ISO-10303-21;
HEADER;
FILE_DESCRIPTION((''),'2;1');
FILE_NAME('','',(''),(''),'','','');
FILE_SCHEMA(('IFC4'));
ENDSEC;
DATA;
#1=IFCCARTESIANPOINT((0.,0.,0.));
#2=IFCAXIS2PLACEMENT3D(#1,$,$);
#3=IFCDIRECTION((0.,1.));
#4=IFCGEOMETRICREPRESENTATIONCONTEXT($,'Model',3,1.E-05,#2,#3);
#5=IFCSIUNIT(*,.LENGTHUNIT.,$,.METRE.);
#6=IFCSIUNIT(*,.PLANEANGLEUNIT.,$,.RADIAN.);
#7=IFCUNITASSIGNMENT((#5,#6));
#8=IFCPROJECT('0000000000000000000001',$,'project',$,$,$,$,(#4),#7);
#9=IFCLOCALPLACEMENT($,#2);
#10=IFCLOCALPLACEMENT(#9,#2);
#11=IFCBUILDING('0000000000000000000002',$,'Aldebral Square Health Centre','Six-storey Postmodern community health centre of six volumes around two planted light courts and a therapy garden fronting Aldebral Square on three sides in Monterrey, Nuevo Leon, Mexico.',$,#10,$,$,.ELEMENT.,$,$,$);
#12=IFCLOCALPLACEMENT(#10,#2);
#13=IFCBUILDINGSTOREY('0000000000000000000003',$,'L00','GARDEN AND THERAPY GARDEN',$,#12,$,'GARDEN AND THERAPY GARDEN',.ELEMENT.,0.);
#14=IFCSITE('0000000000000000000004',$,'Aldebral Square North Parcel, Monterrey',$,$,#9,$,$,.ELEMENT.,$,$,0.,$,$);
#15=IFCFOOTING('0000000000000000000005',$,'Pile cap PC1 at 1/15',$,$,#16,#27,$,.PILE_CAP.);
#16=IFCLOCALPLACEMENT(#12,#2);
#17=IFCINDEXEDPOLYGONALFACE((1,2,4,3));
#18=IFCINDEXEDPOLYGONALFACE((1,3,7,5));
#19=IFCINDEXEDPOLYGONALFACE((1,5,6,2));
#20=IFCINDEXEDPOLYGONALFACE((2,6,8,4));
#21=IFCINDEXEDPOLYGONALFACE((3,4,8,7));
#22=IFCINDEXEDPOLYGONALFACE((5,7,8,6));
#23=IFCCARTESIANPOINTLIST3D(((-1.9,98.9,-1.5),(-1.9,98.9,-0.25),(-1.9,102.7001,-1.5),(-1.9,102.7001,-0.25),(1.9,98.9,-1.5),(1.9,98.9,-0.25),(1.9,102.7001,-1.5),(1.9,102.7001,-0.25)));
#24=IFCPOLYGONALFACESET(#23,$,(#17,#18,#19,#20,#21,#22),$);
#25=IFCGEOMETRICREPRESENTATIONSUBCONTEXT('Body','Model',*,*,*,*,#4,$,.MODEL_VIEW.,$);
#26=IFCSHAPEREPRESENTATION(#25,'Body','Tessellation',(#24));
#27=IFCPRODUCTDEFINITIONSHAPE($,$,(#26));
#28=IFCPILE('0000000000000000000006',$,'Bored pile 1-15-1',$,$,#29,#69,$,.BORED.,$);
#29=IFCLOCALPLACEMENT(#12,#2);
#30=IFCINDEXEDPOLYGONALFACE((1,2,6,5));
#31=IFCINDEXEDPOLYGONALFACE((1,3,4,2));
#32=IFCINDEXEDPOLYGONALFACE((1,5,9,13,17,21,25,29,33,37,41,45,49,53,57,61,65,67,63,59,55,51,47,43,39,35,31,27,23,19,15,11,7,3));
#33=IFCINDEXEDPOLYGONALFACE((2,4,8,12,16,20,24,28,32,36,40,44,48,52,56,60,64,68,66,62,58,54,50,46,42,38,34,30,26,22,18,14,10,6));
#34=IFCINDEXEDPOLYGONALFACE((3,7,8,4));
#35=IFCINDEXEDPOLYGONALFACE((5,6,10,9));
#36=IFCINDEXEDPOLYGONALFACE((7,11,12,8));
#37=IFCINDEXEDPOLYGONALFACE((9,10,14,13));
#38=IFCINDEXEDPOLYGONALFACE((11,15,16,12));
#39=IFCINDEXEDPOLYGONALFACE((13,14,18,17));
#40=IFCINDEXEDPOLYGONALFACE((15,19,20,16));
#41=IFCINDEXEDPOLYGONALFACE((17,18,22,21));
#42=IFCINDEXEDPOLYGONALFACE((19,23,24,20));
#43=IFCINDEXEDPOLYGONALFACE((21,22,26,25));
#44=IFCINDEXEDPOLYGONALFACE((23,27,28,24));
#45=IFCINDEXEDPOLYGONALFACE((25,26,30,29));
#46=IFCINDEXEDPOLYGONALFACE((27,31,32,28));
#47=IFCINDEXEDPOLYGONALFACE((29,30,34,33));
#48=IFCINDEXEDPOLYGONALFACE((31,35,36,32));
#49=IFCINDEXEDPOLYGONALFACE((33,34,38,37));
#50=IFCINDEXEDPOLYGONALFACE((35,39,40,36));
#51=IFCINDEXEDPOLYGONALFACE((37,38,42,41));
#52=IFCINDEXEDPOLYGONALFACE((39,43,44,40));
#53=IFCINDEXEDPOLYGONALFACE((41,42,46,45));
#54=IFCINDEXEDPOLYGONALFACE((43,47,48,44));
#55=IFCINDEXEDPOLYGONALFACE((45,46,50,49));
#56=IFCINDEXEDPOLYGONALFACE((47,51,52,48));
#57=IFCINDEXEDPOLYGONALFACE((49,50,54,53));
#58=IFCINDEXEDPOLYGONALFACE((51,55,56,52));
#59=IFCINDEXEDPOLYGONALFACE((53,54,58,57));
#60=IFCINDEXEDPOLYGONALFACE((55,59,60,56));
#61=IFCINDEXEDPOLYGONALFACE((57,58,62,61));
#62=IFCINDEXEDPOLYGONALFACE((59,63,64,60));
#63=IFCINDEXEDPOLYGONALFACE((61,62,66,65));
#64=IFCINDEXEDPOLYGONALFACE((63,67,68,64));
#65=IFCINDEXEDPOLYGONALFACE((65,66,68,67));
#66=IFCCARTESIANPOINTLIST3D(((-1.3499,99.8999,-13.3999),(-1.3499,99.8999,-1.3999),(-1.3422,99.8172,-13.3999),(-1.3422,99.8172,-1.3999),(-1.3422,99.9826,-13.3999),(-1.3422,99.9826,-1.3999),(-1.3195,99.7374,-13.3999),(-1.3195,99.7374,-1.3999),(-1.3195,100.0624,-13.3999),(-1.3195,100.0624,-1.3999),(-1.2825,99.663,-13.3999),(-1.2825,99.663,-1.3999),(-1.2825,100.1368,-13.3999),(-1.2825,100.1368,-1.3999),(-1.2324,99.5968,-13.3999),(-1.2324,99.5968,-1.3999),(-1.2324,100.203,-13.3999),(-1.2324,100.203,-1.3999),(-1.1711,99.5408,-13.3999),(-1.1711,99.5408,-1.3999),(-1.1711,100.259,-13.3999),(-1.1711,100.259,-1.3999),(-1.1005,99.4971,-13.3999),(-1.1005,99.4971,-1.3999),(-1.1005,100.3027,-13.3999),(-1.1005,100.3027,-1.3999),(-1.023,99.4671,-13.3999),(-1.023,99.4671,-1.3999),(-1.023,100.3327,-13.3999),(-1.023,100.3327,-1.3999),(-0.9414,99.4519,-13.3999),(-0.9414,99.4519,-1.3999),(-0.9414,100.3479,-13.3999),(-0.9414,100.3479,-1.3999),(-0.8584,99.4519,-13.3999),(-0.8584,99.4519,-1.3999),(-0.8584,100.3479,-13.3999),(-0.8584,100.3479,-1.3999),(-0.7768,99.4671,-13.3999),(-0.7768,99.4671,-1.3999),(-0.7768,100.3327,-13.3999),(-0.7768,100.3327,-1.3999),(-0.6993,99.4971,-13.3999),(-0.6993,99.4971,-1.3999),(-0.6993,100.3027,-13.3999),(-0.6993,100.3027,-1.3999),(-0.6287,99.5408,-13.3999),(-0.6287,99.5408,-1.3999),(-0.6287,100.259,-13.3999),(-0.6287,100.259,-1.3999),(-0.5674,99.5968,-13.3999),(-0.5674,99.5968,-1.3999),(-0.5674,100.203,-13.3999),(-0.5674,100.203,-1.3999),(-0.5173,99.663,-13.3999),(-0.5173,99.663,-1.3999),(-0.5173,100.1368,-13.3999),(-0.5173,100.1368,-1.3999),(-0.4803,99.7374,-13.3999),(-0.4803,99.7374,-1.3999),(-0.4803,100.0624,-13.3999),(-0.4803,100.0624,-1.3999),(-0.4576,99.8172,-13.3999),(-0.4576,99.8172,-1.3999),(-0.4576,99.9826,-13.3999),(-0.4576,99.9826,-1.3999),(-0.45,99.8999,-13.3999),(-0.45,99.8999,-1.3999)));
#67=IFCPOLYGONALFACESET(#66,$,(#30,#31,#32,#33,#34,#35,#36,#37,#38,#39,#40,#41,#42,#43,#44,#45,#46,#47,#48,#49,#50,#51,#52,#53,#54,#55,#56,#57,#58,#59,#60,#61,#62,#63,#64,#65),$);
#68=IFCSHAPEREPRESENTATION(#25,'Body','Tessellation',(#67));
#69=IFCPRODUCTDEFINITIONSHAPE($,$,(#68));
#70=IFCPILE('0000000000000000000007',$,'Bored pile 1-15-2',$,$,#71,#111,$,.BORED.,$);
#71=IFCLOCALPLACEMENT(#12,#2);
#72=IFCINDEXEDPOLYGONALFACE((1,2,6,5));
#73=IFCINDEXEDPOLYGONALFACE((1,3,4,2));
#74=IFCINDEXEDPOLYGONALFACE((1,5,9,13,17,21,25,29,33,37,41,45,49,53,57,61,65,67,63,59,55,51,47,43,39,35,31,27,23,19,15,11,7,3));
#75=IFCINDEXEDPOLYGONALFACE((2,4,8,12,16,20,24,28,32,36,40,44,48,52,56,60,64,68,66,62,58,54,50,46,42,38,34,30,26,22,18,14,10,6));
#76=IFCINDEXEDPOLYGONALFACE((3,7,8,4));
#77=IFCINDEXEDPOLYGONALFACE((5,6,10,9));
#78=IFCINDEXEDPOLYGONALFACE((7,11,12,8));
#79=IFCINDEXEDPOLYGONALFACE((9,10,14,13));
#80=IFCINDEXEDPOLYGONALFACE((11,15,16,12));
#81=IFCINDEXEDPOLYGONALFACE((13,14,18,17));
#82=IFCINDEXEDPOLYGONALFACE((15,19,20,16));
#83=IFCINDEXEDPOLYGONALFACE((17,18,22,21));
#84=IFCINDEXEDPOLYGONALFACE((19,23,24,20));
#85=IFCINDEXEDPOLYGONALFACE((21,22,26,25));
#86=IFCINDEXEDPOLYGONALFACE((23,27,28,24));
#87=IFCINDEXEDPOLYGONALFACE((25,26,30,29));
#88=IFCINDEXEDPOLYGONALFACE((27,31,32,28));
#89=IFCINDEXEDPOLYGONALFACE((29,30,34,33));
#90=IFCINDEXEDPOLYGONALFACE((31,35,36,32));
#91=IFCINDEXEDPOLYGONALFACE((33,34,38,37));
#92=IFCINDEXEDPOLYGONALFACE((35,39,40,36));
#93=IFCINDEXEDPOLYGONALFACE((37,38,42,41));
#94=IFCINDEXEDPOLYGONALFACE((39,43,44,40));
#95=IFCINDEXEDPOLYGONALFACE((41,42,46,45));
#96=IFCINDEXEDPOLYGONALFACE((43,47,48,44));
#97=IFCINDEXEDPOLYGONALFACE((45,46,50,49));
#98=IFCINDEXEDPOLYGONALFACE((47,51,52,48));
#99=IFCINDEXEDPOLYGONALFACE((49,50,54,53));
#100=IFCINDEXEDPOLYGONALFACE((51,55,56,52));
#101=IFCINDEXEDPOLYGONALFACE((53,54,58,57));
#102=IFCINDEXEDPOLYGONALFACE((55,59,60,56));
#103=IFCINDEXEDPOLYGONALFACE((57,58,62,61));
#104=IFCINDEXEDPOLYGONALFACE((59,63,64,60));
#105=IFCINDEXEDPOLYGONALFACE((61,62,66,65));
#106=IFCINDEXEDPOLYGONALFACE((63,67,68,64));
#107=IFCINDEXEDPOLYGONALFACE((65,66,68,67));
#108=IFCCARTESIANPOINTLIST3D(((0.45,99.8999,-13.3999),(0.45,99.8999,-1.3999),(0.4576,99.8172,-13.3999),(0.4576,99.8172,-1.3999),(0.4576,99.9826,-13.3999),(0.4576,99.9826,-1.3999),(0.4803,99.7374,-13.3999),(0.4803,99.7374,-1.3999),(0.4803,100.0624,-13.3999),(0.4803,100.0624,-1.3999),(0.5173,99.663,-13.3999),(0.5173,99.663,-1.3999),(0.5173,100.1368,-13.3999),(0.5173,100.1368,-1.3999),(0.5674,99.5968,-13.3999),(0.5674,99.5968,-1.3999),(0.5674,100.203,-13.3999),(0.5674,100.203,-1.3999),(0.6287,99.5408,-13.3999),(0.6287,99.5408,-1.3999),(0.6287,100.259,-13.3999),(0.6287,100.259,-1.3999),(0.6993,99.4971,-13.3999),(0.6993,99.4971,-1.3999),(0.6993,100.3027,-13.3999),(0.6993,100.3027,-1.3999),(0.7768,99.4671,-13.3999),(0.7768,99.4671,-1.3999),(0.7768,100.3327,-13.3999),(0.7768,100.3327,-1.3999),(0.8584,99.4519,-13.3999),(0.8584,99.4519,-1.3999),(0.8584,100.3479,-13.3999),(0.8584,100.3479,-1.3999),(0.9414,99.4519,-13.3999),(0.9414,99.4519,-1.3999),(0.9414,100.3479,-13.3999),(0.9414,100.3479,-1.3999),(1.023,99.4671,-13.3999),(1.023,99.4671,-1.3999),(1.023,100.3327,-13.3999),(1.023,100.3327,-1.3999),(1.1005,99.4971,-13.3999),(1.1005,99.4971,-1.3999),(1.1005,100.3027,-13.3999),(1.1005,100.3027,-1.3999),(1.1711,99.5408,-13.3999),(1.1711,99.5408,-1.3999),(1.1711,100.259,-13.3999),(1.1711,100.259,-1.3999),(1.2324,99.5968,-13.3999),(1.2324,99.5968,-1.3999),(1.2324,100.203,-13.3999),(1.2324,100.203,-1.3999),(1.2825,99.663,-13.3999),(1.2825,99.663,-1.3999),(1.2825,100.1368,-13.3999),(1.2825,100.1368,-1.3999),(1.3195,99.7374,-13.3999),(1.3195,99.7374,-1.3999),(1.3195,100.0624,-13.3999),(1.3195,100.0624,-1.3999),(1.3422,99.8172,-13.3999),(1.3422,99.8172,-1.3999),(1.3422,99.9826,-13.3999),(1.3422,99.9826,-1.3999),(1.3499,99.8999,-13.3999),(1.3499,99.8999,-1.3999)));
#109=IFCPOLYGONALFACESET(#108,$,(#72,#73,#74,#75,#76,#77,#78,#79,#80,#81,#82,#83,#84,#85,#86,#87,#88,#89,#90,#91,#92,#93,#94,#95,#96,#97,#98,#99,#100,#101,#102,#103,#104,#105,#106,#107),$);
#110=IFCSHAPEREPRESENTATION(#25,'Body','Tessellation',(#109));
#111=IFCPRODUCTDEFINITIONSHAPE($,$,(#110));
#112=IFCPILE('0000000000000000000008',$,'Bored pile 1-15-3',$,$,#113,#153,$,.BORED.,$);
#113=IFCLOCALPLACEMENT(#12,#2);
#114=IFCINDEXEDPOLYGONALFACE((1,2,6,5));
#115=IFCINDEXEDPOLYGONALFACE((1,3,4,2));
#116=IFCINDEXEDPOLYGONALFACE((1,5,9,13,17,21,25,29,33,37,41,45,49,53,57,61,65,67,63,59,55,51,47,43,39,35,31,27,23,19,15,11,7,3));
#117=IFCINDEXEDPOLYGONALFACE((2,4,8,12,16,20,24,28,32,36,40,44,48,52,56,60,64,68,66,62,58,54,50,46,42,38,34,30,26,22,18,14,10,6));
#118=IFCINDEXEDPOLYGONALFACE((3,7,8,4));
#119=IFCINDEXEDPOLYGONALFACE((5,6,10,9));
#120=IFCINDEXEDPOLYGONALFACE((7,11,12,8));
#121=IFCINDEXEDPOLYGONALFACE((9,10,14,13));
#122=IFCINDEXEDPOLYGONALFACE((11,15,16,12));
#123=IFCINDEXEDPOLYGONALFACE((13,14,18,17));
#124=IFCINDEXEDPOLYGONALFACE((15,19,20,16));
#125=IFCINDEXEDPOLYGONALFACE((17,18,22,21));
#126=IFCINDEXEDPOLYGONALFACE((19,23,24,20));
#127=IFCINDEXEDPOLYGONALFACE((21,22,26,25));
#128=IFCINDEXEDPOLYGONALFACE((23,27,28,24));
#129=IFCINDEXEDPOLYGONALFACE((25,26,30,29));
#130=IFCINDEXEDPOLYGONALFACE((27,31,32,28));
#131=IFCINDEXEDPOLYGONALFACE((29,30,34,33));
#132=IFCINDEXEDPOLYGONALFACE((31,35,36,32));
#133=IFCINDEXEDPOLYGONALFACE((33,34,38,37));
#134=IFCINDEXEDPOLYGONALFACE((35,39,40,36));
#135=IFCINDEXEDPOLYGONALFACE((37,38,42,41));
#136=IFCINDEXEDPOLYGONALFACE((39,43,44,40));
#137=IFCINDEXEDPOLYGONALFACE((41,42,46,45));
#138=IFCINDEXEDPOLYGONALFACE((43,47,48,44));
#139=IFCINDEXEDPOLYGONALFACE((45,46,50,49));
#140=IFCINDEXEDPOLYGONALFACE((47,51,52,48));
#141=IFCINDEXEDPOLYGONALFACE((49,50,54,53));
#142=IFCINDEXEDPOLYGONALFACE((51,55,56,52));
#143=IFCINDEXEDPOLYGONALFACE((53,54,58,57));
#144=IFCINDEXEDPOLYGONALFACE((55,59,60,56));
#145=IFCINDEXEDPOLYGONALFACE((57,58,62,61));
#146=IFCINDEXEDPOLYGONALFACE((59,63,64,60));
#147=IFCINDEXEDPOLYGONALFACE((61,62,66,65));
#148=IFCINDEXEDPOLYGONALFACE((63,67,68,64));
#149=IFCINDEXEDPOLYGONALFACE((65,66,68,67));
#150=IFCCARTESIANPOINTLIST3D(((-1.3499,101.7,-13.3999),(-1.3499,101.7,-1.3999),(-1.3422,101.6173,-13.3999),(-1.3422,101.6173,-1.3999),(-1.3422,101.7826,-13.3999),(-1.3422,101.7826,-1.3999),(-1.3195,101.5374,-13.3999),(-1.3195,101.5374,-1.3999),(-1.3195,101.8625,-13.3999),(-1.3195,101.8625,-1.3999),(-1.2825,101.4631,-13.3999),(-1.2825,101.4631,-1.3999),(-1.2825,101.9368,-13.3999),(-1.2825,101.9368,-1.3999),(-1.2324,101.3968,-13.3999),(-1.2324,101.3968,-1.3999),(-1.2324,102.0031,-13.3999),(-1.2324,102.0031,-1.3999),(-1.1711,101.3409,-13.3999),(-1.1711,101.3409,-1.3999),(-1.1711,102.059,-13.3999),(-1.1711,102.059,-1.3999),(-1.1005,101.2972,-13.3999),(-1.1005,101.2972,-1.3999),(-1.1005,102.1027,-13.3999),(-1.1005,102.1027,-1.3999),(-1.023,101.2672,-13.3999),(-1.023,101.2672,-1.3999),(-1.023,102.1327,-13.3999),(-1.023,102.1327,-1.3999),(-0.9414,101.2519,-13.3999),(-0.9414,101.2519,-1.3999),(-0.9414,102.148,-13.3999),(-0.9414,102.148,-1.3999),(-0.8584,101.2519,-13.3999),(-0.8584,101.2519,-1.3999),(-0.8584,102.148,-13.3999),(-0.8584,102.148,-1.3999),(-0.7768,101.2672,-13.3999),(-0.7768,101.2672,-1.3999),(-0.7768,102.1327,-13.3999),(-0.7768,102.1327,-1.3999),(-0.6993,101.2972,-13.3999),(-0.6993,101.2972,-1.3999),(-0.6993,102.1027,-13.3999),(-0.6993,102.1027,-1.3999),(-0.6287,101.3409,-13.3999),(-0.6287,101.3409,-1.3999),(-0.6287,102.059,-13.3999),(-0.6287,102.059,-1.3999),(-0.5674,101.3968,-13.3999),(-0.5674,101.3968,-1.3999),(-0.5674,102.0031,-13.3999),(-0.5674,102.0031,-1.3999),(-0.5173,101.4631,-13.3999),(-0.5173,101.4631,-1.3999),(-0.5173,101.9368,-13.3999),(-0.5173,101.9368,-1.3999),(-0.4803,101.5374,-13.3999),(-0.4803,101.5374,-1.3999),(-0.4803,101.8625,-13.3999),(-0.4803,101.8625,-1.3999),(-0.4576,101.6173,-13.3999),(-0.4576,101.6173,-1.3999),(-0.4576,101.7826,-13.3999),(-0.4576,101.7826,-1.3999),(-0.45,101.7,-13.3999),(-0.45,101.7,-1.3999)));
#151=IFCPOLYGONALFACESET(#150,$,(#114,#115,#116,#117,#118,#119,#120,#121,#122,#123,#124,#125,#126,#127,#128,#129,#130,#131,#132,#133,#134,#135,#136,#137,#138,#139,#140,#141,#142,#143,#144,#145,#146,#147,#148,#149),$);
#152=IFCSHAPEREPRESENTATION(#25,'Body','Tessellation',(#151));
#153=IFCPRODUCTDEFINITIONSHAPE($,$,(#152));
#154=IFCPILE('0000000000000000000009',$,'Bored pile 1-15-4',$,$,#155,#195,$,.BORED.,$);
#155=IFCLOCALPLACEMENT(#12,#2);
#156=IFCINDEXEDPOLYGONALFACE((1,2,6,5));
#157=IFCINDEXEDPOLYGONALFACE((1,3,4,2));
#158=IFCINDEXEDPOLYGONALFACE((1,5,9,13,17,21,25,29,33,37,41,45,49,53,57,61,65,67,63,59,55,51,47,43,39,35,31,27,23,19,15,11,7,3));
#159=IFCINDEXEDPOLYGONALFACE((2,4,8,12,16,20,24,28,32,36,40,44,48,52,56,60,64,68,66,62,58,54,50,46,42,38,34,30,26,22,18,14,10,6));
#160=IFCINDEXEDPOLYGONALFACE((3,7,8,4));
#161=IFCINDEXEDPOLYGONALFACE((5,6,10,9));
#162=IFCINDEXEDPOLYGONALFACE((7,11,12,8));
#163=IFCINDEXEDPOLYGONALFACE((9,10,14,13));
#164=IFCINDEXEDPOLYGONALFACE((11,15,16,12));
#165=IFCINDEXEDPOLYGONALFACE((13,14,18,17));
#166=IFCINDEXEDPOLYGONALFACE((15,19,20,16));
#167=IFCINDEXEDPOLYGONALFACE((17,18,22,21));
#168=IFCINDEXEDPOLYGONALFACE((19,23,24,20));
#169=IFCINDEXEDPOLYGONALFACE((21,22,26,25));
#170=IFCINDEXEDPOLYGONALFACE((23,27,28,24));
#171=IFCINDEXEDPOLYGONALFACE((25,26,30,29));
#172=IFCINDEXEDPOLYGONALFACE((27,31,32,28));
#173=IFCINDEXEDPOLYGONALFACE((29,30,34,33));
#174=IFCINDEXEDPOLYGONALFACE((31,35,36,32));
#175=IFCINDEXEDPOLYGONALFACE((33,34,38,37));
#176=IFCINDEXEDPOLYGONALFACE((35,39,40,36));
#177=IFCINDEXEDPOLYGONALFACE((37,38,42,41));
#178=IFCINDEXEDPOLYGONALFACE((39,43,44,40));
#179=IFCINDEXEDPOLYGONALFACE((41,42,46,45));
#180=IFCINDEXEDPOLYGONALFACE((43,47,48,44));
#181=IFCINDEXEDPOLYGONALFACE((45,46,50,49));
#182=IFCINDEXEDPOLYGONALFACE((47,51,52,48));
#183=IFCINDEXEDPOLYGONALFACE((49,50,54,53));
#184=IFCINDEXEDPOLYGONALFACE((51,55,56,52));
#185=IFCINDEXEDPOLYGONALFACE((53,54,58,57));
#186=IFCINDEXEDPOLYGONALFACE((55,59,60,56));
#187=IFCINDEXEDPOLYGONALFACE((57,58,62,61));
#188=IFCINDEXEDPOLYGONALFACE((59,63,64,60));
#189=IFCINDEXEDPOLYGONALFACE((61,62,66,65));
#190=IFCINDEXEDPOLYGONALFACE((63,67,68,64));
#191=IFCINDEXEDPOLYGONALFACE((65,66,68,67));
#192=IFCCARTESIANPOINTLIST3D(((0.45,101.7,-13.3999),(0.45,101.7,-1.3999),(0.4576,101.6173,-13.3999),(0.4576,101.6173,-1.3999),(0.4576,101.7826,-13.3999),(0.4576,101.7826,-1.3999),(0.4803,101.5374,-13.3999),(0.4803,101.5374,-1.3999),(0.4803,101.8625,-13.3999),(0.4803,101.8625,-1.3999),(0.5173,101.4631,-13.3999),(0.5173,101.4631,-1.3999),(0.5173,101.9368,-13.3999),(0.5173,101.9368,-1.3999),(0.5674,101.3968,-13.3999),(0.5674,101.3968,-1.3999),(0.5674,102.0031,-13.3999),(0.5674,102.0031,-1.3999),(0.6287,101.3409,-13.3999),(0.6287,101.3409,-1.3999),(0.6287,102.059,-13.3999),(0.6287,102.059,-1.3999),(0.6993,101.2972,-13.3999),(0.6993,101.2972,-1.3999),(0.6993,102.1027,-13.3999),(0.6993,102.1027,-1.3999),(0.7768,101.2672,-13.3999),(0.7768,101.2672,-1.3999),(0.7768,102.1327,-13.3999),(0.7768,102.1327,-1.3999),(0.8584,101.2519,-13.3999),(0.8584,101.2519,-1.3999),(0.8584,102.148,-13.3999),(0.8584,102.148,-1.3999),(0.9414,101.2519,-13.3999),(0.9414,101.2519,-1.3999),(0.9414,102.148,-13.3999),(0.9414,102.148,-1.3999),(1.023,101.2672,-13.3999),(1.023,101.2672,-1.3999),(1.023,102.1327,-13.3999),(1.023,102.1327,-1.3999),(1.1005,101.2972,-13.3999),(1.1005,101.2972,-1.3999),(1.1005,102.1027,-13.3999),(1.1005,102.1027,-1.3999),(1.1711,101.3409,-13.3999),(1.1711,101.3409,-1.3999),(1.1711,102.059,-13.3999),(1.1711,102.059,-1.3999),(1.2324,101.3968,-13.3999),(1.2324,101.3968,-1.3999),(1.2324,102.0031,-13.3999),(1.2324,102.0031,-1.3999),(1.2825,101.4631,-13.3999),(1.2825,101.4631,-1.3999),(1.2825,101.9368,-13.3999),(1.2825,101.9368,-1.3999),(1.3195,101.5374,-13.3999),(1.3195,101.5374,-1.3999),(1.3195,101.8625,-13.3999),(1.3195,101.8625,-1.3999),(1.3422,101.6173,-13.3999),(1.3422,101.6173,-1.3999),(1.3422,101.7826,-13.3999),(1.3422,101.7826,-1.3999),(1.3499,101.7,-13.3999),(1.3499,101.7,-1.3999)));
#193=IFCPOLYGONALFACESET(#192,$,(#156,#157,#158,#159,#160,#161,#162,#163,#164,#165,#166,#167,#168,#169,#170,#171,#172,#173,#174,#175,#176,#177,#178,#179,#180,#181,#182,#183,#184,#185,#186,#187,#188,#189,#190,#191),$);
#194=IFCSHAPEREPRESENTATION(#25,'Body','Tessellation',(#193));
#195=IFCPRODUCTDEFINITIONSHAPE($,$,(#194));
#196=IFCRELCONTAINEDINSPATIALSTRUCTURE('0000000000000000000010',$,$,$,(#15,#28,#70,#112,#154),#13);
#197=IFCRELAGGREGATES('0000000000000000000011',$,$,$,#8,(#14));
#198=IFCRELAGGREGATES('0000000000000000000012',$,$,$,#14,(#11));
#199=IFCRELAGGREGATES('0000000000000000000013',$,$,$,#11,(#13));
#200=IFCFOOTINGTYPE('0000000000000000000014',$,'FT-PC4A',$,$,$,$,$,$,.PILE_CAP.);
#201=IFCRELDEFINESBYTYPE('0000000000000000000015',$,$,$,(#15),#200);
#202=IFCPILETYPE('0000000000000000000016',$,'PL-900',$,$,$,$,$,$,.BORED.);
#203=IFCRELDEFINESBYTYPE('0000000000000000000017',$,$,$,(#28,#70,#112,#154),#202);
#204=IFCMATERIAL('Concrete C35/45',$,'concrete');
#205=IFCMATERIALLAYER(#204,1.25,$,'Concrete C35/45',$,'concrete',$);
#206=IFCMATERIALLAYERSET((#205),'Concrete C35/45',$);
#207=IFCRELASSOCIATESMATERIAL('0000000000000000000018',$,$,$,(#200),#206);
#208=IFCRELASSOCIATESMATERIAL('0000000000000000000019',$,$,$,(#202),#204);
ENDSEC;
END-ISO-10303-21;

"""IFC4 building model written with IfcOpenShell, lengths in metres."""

from ifc_helpers import new_model, si_unit, direction, frame, origin, origin_2d, place, context, subcontext, project, spatial, rectangle, circle, extrude, material, layer, layer_set, material_profile, profile_set, type_object, element, save


model = new_model("IFC4")

# Units and contexts
model_context = context("Model", 3, precision=1e-05, world=origin(), true_north=direction((0.0, 1.0)))
body_context = subcontext(model_context, "Body", "Model", "MODEL_VIEW")
ifc_project = project(units=[si_unit("LENGTHUNIT", "METRE"), si_unit("PLANEANGLEUNIT", "RADIAN")], contexts=[model_context])

# Site, building, storey
site_placement = place(None, origin())
site = spatial("IfcSite", under=ifc_project, at=site_placement, Name="Aldebral Square North Parcel, Monterrey", CompositionType="ELEMENT", RefElevation=0.0)
building_placement = place(site_placement, origin())
building = spatial("IfcBuilding", under=site, at=building_placement, Name="Aldebral Square Health Centre", Description="Six-storey Postmodern community health centre of six volumes around two planted light courts and a therapy garden fronting Aldebral Square on three sides in Monterrey, Nuevo Leon, Mexico.", CompositionType="ELEMENT")
storey_placement = place(building_placement, origin())
storey = spatial("IfcBuildingStorey", under=building, at=storey_placement, Name="L00", Description="GARDEN AND THERAPY GARDEN", LongName="GARDEN AND THERAPY GARDEN", CompositionType="ELEMENT", Elevation=0.0)

# Footing
ifc_material_1 = material(Name="Concrete C35/45", Category="concrete")
ifc_layer_1 = layer(ifc_material_1, 1.25, Name="Concrete C35/45", Category="concrete")
ifc_layer_set_1 = layer_set([ifc_layer_1], Name="Concrete C35/45")
footing_type = type_object("IfcFootingType", Name="FT-PC4A", PredefinedType="PILE_CAP", material=ifc_layer_set_1)
footing_placement = place(storey_placement, frame((0.0, 100.8, -1.5), z_axis=(0.0, 0.0, 1.0), x_axis=(1.0, 0.0, 0.0)))
element("IfcFooting", 1, at=footing_placement, inside=storey, type_object=footing_type, Name="Pile cap PC1 at 1/15", PredefinedType="PILE_CAP", context=body_context, shape_type="SweptSolid", body=[
    extrude(rectangle(XDim=3.8, YDim=3.8, at=origin_2d()), origin(), (0.0, 0.0, 1.0), 1.25),
])

# Piles
ifc_material_profile_1 = material_profile(ifc_material_1, circle(Radius=0.45, at=origin_2d()), Name="PILE D900")
ifc_profile_set_1 = profile_set([ifc_material_profile_1], Name="Concrete C35/45")
pile_type = type_object("IfcPileType", Name="PL-900", PredefinedType="BORED", material=ifc_profile_set_1)
for number, where, z_axis, x_axis, name in (
    (2, (-0.8999, 99.8999, -1.3999), (0.0, 0.0, -1.0), (1.0, 0.0, 0.0), "Bored pile 1-15-1"),
    (3, (0.8999, 99.8999, -1.3999), (0.0, 0.0, -1.0), (1.0, 0.0, 0.0), "Bored pile 1-15-2"),
    (4, (-0.8999, 101.7, -1.3999), (0.0, 0.0, -1.0), (1.0, 0.0, 0.0), "Bored pile 1-15-3"),
    (5, (0.8999, 101.7, -1.3999), (0.0, 0.0, -1.0), (1.0, 0.0, 0.0), "Bored pile 1-15-4"),
):
    element("IfcPile", number, at=place(storey_placement, frame(where, z_axis=z_axis, x_axis=x_axis)), inside=storey, type_object=pile_type, Name=name, PredefinedType="BORED", context=body_context, shape_type="SweptSolid", body=[
        extrude(circle(Radius=0.45, at=origin_2d()), origin(), (0.0, 0.0, 1.0), 12.0),
    ])

save(model, "model.ifc")
